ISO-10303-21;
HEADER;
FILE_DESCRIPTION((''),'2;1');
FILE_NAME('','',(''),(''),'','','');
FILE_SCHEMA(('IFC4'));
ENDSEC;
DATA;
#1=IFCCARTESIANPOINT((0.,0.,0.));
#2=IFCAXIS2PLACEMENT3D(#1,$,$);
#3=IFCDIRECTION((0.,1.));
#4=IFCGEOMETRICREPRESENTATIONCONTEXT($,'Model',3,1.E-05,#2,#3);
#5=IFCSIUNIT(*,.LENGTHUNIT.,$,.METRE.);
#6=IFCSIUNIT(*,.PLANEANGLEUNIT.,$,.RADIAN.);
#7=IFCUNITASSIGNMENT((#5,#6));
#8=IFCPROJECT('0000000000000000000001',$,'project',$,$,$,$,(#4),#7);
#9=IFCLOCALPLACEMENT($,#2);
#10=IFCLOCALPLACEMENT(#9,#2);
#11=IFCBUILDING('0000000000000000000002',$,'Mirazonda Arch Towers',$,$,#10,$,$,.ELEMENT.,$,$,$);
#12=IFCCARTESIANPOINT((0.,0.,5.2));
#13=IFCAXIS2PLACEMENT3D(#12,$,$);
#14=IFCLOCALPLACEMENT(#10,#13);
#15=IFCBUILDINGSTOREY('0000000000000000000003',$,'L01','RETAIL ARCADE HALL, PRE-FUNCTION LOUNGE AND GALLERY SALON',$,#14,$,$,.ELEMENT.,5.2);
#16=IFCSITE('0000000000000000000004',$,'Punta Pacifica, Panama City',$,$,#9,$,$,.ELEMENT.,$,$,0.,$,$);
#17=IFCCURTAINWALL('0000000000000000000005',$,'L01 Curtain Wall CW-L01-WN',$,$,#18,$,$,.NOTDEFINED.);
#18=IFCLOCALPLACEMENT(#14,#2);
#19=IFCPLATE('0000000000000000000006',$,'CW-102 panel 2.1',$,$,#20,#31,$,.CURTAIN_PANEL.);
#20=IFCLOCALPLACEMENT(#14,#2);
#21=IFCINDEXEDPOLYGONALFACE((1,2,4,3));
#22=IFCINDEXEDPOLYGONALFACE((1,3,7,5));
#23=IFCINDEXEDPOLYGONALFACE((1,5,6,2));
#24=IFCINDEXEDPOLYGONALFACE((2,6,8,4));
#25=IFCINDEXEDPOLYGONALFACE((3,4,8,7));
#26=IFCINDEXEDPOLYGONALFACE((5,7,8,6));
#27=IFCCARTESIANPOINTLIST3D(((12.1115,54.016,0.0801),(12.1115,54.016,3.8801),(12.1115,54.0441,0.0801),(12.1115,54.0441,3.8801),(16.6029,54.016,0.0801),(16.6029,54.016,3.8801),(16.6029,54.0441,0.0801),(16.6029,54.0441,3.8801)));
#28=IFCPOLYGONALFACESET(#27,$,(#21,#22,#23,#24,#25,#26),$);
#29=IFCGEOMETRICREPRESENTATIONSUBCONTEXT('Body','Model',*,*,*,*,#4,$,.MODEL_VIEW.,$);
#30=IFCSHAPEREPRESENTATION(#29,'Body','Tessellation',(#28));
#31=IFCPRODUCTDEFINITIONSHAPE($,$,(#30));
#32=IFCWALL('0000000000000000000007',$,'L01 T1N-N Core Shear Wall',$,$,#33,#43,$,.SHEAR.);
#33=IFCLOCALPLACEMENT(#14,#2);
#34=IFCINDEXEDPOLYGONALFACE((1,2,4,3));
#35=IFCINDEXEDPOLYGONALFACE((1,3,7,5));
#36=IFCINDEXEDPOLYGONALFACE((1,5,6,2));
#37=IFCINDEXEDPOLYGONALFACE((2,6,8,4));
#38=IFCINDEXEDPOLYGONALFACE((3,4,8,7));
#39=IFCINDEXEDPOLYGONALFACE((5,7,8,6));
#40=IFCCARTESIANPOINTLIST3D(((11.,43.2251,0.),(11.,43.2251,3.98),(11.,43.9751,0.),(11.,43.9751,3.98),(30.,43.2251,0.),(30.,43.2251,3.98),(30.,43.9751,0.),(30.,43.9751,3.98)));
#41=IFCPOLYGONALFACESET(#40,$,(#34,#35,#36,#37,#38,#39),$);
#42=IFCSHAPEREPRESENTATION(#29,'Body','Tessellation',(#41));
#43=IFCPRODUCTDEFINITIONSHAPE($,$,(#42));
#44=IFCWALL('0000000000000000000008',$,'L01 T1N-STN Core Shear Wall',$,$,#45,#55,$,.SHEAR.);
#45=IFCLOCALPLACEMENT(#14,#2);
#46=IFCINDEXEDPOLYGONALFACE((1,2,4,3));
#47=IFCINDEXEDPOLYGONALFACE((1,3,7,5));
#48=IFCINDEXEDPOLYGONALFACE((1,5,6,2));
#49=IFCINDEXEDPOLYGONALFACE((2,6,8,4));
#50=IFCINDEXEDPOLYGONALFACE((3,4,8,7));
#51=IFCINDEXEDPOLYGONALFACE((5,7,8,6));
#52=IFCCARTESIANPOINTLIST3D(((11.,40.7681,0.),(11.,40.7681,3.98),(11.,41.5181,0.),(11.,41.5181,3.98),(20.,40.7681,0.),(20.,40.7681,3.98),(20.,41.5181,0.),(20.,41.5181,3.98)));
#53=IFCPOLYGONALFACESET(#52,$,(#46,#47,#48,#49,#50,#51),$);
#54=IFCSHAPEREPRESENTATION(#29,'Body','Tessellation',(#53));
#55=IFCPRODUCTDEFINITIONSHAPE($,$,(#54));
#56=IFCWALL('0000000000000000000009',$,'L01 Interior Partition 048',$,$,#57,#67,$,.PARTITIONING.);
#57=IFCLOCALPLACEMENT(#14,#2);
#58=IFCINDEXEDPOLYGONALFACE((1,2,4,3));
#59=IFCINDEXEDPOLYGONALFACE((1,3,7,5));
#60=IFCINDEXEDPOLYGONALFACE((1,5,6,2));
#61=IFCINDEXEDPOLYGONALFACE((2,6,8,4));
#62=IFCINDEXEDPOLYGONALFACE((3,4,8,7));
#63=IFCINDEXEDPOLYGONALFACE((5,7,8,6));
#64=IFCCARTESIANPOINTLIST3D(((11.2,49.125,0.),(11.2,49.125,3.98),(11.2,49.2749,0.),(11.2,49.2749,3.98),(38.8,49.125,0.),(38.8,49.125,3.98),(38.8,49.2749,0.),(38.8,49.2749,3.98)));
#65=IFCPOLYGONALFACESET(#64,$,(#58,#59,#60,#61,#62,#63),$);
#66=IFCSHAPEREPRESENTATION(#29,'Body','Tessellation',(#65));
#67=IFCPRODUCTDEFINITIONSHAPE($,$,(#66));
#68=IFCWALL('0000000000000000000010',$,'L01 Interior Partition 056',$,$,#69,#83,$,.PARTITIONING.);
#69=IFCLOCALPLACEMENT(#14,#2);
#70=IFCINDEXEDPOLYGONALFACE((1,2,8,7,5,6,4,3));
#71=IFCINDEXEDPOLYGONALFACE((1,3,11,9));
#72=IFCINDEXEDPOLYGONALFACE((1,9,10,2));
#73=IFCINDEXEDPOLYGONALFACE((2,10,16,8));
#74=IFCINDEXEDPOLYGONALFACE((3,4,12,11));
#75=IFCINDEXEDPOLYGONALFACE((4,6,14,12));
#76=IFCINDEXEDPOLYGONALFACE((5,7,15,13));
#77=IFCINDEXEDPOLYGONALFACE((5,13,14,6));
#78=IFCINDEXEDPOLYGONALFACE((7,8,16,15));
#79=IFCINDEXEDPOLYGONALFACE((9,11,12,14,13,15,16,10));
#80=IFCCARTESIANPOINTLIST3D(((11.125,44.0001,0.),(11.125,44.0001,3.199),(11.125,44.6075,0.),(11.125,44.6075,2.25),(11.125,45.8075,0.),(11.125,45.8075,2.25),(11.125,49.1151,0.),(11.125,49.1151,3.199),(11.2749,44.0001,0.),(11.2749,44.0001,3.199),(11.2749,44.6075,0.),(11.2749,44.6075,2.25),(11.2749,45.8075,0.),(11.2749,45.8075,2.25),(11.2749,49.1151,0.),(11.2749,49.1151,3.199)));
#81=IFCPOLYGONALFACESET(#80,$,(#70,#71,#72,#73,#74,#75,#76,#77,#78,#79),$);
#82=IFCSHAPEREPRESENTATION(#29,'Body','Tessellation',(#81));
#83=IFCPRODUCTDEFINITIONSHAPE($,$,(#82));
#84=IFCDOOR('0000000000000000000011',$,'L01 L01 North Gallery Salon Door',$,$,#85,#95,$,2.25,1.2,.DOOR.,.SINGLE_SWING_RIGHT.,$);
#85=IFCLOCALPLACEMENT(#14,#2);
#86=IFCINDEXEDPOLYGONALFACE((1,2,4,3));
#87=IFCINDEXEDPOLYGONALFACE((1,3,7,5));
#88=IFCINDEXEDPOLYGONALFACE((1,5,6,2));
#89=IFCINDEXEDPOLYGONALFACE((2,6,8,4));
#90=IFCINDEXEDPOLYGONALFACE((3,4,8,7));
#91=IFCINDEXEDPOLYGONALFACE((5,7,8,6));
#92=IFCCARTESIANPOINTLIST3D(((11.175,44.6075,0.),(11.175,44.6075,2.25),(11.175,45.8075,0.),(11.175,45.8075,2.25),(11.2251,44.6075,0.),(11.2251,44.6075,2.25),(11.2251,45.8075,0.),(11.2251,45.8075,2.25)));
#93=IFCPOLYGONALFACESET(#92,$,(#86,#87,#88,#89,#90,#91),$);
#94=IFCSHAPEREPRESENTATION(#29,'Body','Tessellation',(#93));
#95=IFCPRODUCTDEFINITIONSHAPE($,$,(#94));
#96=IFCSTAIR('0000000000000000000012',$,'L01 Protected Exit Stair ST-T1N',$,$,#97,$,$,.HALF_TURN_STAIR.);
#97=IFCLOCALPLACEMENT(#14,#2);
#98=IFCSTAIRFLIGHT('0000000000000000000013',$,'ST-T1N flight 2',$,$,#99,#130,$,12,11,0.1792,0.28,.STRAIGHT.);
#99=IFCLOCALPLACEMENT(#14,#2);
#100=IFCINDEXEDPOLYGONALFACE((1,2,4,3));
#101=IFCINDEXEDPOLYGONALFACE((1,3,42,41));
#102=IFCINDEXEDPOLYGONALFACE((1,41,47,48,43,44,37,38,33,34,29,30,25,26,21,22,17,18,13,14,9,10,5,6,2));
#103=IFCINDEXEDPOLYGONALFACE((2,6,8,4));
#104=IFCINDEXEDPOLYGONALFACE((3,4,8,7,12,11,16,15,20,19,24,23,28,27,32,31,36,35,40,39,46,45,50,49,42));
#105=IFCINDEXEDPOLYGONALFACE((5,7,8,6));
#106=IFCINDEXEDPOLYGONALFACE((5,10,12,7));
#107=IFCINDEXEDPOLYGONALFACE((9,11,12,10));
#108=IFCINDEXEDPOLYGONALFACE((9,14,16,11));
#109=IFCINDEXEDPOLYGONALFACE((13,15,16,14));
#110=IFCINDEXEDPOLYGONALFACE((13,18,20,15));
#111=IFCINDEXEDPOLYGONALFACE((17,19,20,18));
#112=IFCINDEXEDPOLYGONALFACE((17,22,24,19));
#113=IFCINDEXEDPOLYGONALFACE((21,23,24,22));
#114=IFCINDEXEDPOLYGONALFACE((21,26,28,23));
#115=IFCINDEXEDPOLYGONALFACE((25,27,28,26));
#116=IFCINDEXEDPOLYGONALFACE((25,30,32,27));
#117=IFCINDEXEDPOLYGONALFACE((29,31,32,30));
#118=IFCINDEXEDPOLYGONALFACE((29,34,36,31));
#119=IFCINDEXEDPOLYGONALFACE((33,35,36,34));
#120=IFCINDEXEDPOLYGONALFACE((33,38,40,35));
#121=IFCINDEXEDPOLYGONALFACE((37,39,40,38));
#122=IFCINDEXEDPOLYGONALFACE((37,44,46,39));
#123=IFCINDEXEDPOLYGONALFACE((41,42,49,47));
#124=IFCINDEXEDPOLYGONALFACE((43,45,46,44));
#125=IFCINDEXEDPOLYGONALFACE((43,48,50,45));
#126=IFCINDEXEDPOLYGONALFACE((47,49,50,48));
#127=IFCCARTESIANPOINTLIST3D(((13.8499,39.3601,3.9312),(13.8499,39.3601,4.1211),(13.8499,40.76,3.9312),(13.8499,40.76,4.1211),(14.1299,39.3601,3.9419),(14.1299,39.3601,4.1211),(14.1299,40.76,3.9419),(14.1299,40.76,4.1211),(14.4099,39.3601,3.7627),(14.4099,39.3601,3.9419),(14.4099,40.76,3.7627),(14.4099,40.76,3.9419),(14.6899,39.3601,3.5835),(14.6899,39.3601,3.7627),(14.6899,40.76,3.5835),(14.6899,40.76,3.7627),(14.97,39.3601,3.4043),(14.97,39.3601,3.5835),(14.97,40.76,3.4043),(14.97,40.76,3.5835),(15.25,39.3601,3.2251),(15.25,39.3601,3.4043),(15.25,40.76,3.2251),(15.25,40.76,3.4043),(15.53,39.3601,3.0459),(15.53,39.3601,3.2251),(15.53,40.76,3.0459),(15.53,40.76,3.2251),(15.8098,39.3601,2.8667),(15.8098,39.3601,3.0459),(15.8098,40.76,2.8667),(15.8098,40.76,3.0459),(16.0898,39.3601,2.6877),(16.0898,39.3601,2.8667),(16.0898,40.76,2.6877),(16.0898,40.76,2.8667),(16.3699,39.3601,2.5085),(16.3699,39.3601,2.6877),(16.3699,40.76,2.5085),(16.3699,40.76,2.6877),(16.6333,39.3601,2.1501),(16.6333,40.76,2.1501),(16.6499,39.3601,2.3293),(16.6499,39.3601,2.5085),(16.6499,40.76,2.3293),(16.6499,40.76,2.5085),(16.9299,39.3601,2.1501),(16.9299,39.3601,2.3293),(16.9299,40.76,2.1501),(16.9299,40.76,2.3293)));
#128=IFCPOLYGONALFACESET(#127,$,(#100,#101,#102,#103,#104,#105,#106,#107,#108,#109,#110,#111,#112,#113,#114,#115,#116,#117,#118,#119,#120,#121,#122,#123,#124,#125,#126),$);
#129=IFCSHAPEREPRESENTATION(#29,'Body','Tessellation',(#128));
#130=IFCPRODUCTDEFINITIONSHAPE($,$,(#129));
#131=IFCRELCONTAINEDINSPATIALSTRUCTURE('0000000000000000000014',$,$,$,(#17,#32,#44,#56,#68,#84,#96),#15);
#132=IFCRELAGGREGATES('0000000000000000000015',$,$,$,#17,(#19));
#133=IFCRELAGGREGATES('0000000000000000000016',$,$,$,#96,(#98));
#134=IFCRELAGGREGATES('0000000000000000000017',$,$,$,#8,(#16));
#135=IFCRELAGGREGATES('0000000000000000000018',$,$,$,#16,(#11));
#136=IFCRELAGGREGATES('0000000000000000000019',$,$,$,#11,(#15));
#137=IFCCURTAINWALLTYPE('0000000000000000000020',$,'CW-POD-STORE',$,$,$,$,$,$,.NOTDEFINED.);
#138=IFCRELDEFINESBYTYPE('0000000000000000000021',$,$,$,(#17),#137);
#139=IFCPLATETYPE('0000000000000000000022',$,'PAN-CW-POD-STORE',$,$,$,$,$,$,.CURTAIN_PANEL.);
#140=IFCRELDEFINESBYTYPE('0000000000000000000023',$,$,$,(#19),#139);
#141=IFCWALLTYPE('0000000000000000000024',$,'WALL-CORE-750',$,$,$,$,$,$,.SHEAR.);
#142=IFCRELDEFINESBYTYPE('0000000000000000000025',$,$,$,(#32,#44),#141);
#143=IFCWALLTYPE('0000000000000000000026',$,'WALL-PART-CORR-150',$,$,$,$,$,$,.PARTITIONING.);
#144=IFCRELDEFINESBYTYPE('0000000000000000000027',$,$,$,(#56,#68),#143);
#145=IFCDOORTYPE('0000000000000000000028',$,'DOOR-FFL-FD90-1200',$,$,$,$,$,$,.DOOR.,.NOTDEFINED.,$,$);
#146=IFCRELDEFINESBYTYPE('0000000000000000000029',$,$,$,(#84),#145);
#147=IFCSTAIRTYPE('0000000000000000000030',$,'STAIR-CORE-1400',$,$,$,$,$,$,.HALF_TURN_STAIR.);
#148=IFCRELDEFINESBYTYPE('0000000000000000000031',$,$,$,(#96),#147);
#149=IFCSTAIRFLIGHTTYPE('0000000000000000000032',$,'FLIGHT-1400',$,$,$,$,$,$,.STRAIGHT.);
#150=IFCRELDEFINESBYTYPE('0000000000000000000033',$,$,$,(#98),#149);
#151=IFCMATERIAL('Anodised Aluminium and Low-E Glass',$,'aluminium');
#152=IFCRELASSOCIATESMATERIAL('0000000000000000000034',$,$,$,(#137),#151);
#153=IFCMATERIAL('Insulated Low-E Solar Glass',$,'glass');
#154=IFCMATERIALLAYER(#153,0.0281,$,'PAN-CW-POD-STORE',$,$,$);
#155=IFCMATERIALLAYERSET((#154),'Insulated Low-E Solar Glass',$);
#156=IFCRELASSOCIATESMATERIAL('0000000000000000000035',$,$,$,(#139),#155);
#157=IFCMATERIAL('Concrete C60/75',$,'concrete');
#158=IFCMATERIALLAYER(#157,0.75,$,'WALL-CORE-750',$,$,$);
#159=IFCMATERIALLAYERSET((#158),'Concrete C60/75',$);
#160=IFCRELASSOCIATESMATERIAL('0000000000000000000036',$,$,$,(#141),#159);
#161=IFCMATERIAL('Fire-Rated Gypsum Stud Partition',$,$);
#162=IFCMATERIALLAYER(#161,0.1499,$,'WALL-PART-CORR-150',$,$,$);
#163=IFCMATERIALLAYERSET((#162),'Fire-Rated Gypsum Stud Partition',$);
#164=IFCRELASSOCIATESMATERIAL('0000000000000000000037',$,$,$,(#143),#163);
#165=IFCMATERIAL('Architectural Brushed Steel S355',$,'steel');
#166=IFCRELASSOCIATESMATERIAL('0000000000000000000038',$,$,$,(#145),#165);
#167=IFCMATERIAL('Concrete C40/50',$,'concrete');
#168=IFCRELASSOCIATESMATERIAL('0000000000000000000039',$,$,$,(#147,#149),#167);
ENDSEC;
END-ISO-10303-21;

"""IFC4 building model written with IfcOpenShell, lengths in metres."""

from ifc_helpers import new_model, si_unit, direction, frame, frame_2d, origin, origin_2d, place, context, subcontext, project, spatial, polyline, rectangle, outline, extrude, material, layer, layer_set, type_object, element, fill, aggregate, save


model = new_model("IFC4")

# Units and contexts
model_context = context("Model", 3, precision=1e-05, world=origin(), true_north=direction((0.0, 1.0)))
body_context = subcontext(model_context, "Body", "Model", "MODEL_VIEW")
ifc_project = project(units=[si_unit("LENGTHUNIT", "METRE"), si_unit("PLANEANGLEUNIT", "RADIAN")], contexts=[model_context])

# Site, building, storey
site_placement = place(None, origin())
site = spatial("IfcSite", under=ifc_project, at=site_placement, Name="Punta Pacifica, Panama City", CompositionType="ELEMENT", RefElevation=0.0)
building_placement = place(site_placement, origin())
building = spatial("IfcBuilding", under=site, at=building_placement, Name="Mirazonda Arch Towers", CompositionType="ELEMENT")
storey_placement = place(building_placement, frame((0.0, 0.0, 5.2)))
storey = spatial("IfcBuildingStorey", under=building, at=storey_placement, Name="L01", Description="RETAIL ARCADE HALL, PRE-FUNCTION LOUNGE AND GALLERY SALON", CompositionType="ELEMENT", Elevation=5.2)

# Shared definitions
ifc_material_1 = material(Name="Concrete C60/75", Category="concrete")

# Curtain wall, plate
ifc_material_2 = material(Name="Anodised Aluminium and Low-E Glass", Category="aluminium")
curtain_wall_type = type_object("IfcCurtainWallType", Name="CW-POD-STORE", PredefinedType="NOTDEFINED", material=ifc_material_2)
curtain_wall_placement = place(storey_placement, origin())
curtain_wall = element("IfcCurtainWall", 1, at=curtain_wall_placement, inside=storey, type_object=curtain_wall_type, Name="L01 Curtain Wall CW-L01-WN", PredefinedType="NOTDEFINED")
ifc_material_3 = material(Name="Insulated Low-E Solar Glass", Category="glass")
ifc_layer_1 = layer(ifc_material_3, 0.0281, Name="PAN-CW-POD-STORE")
ifc_layer_set_1 = layer_set([ifc_layer_1], Name="Insulated Low-E Solar Glass")
plate_type = type_object("IfcPlateType", Name="PAN-CW-POD-STORE", PredefinedType="CURTAIN_PANEL", material=ifc_layer_set_1)
plate_placement = place(storey_placement, frame((14.3572, 54.03, 0.0801), z_axis=(0.0, 0.0, 1.0), x_axis=(1.0, 0.0, 0.0)))
plate = element("IfcPlate", 2, at=plate_placement, type_object=plate_type, Name="CW-102 panel 2.1", PredefinedType="CURTAIN_PANEL", context=body_context, shape_type="SweptSolid", body=[
    extrude(rectangle(XDim=4.4915, YDim=0.0281, at=origin_2d()), origin(), (0.0, 0.0, 1.0), 3.8),
])
aggregate(curtain_wall, [plate])

# Walls
ifc_layer_2 = layer(ifc_material_1, 0.75, Name="WALL-CORE-750")
ifc_layer_set_2 = layer_set([ifc_layer_2], Name="Concrete C60/75")
wall_type_1 = type_object("IfcWallType", Name="WALL-CORE-750", PredefinedType="SHEAR", material=ifc_layer_set_2)
wall_1_placement = place(storey_placement, frame((11.0, 43.6001, 0.0), z_axis=(0.0, 0.0, 1.0), x_axis=(1.0, 0.0, 0.0)))
element("IfcWall", 3, at=wall_1_placement, inside=storey, type_object=wall_type_1, Name="L01 T1N-N Core Shear Wall", PredefinedType="SHEAR", context=body_context, shape_type="SweptSolid", body=[
    extrude(rectangle(XDim=19.0, YDim=0.75, at=frame_2d((9.5, 0.0))), origin(), (0.0, 0.0, 1.0), 3.98),
])
wall_2_placement = place(storey_placement, frame((11.0, 41.1431, 0.0), z_axis=(0.0, 0.0, 1.0), x_axis=(1.0, 0.0, 0.0)))
element("IfcWall", 4, at=wall_2_placement, inside=storey, type_object=wall_type_1, Name="L01 T1N-STN Core Shear Wall", PredefinedType="SHEAR", context=body_context, shape_type="SweptSolid", body=[
    extrude(rectangle(XDim=9.0, YDim=0.75, at=frame_2d((4.5, 0.0))), origin(), (0.0, 0.0, 1.0), 3.98),
])
ifc_material_4 = material(Name="Fire-Rated Gypsum Stud Partition")
ifc_layer_3 = layer(ifc_material_4, 0.1499, Name="WALL-PART-CORR-150")
ifc_layer_set_3 = layer_set([ifc_layer_3], Name="Fire-Rated Gypsum Stud Partition")
wall_type_2 = type_object("IfcWallType", Name="WALL-PART-CORR-150", PredefinedType="PARTITIONING", material=ifc_layer_set_3)
wall_3_placement = place(storey_placement, frame((11.2, 49.2, 0.0), z_axis=(0.0, 0.0, 1.0), x_axis=(1.0, 0.0, 0.0)))
element("IfcWall", 5, at=wall_3_placement, inside=storey, type_object=wall_type_2, Name="L01 Interior Partition 048", PredefinedType="PARTITIONING", context=body_context, shape_type="SweptSolid", body=[
    extrude(rectangle(XDim=27.6001, YDim=0.1499, at=frame_2d((13.8, 0.0))), origin(), (0.0, 0.0, 1.0), 3.98),
])

# Wall, opening, door
wall_4_placement = place(storey_placement, frame((11.2, 44.0, 0.0), z_axis=(0.0, 0.0, 1.0), x_axis=(0.0, 1.0, 0.0)))
wall_4 = element("IfcWall", 6, at=wall_4_placement, inside=storey, type_object=wall_type_2, Name="L01 Interior Partition 056", PredefinedType="PARTITIONING", context=body_context, shape_type="SweptSolid", body=[
    extrude(rectangle(XDim=5.115, YDim=0.1499, at=frame_2d((2.5576, 0.0))), origin(), (0.0, 0.0, 1.0), 3.199),
])
opening_placement = place(wall_4_placement, frame((0.6074, 0.0, 0.0)))
opening = element("IfcOpeningElement", 7, at=opening_placement, cuts=wall_4, PredefinedType="OPENING", context=body_context, shape_type="SweptSolid", body=[
    extrude(rectangle(XDim=1.2, YDim=2.25, at=frame_2d((0.6001, 1.125))), frame((0.0, 0.085, 0.0), z_axis=(0.0, -1.0, 0.0), x_axis=(1.0, 0.0, 0.0)), (0.0, 0.0, 1.0), 0.1699),
])
ifc_material_5 = material(Name="Architectural Brushed Steel S355", Category="steel")
door_type = type_object("IfcDoorType", Name="DOOR-FFL-FD90-1200", OperationType="NOTDEFINED", PredefinedType="DOOR", material=ifc_material_5)
door_placement = place(opening_placement, origin())
door = element("IfcDoor", 8, at=door_placement, inside=storey, type_object=door_type, Name="L01 L01 North Gallery Salon Door", OperationType="SINGLE_SWING_RIGHT", OverallHeight=2.25, OverallWidth=1.2, PredefinedType="DOOR", context=body_context, shape_type="SweptSolid", body=[
    extrude(rectangle(XDim=1.2, YDim=2.25, at=frame_2d((0.6001, 1.125))), frame((0.0, 0.0249, 0.0), z_axis=(0.0, -1.0, 0.0), x_axis=(1.0, 0.0, 0.0)), (0.0, 0.0, 1.0), 0.05),
])
fill(opening, door)

# Stair, stair flight
ifc_material_6 = material(Name="Concrete C40/50", Category="concrete")
stair_type = type_object("IfcStairType", Name="STAIR-CORE-1400", PredefinedType="HALF_TURN_STAIR", material=ifc_material_6)
stair_placement = place(storey_placement, origin())
stair = element("IfcStair", 9, at=stair_placement, inside=storey, type_object=stair_type, Name="L01 Protected Exit Stair ST-T1N", PredefinedType="HALF_TURN_STAIR")
stair_flight_type = type_object("IfcStairFlightType", Name="FLIGHT-1400", PredefinedType="STRAIGHT", material=ifc_material_6)
stair_flight_placement = place(storey_placement, frame((16.9299, 40.0601, 2.1501), z_axis=(0.0, 0.0, 1.0), x_axis=(-1.0, 0.0, 0.0)))
stair_flight = element("IfcStairFlight", 10, at=stair_flight_placement, type_object=stair_flight_type, Name="ST-T1N flight 2", NumberOfRisers=12, NumberOfTreads=11, PredefinedType="STRAIGHT", RiserHeight=0.1792, TreadLength=0.28, context=body_context, shape_type="SweptSolid", body=[
    extrude(outline(polyline([(0.0, 0.0), (0.0, 0.1792), (0.28, 0.1792), (0.28, 0.3584), (0.5601, 0.3584), (0.5601, 0.5376), (0.8401, 0.5376), (0.8401, 0.7166), (1.1201, 0.7166), (1.1201, 0.8958), (1.3999, 0.8958), (1.3999, 1.075), (1.6799, 1.075), (1.6799, 1.2542), (1.96, 1.2542), (1.96, 1.4333), (2.24, 1.4333), (2.24, 1.6125), (2.52, 1.6125), (2.52, 1.7917), (2.8, 1.7917), (2.8, 1.9709), (3.0801, 1.9709), (3.0801, 2.1499), (3.0801, 1.781), (0.2966, 0.0), (0.0, 0.0)])), frame((0.0, 0.7, 0.0), z_axis=(0.0, -1.0, 0.0), x_axis=(1.0, 0.0, 0.0)), (0.0, 0.0, 1.0), 1.3999),
])
aggregate(stair, [stair_flight])

save(model, "model.ifc")
